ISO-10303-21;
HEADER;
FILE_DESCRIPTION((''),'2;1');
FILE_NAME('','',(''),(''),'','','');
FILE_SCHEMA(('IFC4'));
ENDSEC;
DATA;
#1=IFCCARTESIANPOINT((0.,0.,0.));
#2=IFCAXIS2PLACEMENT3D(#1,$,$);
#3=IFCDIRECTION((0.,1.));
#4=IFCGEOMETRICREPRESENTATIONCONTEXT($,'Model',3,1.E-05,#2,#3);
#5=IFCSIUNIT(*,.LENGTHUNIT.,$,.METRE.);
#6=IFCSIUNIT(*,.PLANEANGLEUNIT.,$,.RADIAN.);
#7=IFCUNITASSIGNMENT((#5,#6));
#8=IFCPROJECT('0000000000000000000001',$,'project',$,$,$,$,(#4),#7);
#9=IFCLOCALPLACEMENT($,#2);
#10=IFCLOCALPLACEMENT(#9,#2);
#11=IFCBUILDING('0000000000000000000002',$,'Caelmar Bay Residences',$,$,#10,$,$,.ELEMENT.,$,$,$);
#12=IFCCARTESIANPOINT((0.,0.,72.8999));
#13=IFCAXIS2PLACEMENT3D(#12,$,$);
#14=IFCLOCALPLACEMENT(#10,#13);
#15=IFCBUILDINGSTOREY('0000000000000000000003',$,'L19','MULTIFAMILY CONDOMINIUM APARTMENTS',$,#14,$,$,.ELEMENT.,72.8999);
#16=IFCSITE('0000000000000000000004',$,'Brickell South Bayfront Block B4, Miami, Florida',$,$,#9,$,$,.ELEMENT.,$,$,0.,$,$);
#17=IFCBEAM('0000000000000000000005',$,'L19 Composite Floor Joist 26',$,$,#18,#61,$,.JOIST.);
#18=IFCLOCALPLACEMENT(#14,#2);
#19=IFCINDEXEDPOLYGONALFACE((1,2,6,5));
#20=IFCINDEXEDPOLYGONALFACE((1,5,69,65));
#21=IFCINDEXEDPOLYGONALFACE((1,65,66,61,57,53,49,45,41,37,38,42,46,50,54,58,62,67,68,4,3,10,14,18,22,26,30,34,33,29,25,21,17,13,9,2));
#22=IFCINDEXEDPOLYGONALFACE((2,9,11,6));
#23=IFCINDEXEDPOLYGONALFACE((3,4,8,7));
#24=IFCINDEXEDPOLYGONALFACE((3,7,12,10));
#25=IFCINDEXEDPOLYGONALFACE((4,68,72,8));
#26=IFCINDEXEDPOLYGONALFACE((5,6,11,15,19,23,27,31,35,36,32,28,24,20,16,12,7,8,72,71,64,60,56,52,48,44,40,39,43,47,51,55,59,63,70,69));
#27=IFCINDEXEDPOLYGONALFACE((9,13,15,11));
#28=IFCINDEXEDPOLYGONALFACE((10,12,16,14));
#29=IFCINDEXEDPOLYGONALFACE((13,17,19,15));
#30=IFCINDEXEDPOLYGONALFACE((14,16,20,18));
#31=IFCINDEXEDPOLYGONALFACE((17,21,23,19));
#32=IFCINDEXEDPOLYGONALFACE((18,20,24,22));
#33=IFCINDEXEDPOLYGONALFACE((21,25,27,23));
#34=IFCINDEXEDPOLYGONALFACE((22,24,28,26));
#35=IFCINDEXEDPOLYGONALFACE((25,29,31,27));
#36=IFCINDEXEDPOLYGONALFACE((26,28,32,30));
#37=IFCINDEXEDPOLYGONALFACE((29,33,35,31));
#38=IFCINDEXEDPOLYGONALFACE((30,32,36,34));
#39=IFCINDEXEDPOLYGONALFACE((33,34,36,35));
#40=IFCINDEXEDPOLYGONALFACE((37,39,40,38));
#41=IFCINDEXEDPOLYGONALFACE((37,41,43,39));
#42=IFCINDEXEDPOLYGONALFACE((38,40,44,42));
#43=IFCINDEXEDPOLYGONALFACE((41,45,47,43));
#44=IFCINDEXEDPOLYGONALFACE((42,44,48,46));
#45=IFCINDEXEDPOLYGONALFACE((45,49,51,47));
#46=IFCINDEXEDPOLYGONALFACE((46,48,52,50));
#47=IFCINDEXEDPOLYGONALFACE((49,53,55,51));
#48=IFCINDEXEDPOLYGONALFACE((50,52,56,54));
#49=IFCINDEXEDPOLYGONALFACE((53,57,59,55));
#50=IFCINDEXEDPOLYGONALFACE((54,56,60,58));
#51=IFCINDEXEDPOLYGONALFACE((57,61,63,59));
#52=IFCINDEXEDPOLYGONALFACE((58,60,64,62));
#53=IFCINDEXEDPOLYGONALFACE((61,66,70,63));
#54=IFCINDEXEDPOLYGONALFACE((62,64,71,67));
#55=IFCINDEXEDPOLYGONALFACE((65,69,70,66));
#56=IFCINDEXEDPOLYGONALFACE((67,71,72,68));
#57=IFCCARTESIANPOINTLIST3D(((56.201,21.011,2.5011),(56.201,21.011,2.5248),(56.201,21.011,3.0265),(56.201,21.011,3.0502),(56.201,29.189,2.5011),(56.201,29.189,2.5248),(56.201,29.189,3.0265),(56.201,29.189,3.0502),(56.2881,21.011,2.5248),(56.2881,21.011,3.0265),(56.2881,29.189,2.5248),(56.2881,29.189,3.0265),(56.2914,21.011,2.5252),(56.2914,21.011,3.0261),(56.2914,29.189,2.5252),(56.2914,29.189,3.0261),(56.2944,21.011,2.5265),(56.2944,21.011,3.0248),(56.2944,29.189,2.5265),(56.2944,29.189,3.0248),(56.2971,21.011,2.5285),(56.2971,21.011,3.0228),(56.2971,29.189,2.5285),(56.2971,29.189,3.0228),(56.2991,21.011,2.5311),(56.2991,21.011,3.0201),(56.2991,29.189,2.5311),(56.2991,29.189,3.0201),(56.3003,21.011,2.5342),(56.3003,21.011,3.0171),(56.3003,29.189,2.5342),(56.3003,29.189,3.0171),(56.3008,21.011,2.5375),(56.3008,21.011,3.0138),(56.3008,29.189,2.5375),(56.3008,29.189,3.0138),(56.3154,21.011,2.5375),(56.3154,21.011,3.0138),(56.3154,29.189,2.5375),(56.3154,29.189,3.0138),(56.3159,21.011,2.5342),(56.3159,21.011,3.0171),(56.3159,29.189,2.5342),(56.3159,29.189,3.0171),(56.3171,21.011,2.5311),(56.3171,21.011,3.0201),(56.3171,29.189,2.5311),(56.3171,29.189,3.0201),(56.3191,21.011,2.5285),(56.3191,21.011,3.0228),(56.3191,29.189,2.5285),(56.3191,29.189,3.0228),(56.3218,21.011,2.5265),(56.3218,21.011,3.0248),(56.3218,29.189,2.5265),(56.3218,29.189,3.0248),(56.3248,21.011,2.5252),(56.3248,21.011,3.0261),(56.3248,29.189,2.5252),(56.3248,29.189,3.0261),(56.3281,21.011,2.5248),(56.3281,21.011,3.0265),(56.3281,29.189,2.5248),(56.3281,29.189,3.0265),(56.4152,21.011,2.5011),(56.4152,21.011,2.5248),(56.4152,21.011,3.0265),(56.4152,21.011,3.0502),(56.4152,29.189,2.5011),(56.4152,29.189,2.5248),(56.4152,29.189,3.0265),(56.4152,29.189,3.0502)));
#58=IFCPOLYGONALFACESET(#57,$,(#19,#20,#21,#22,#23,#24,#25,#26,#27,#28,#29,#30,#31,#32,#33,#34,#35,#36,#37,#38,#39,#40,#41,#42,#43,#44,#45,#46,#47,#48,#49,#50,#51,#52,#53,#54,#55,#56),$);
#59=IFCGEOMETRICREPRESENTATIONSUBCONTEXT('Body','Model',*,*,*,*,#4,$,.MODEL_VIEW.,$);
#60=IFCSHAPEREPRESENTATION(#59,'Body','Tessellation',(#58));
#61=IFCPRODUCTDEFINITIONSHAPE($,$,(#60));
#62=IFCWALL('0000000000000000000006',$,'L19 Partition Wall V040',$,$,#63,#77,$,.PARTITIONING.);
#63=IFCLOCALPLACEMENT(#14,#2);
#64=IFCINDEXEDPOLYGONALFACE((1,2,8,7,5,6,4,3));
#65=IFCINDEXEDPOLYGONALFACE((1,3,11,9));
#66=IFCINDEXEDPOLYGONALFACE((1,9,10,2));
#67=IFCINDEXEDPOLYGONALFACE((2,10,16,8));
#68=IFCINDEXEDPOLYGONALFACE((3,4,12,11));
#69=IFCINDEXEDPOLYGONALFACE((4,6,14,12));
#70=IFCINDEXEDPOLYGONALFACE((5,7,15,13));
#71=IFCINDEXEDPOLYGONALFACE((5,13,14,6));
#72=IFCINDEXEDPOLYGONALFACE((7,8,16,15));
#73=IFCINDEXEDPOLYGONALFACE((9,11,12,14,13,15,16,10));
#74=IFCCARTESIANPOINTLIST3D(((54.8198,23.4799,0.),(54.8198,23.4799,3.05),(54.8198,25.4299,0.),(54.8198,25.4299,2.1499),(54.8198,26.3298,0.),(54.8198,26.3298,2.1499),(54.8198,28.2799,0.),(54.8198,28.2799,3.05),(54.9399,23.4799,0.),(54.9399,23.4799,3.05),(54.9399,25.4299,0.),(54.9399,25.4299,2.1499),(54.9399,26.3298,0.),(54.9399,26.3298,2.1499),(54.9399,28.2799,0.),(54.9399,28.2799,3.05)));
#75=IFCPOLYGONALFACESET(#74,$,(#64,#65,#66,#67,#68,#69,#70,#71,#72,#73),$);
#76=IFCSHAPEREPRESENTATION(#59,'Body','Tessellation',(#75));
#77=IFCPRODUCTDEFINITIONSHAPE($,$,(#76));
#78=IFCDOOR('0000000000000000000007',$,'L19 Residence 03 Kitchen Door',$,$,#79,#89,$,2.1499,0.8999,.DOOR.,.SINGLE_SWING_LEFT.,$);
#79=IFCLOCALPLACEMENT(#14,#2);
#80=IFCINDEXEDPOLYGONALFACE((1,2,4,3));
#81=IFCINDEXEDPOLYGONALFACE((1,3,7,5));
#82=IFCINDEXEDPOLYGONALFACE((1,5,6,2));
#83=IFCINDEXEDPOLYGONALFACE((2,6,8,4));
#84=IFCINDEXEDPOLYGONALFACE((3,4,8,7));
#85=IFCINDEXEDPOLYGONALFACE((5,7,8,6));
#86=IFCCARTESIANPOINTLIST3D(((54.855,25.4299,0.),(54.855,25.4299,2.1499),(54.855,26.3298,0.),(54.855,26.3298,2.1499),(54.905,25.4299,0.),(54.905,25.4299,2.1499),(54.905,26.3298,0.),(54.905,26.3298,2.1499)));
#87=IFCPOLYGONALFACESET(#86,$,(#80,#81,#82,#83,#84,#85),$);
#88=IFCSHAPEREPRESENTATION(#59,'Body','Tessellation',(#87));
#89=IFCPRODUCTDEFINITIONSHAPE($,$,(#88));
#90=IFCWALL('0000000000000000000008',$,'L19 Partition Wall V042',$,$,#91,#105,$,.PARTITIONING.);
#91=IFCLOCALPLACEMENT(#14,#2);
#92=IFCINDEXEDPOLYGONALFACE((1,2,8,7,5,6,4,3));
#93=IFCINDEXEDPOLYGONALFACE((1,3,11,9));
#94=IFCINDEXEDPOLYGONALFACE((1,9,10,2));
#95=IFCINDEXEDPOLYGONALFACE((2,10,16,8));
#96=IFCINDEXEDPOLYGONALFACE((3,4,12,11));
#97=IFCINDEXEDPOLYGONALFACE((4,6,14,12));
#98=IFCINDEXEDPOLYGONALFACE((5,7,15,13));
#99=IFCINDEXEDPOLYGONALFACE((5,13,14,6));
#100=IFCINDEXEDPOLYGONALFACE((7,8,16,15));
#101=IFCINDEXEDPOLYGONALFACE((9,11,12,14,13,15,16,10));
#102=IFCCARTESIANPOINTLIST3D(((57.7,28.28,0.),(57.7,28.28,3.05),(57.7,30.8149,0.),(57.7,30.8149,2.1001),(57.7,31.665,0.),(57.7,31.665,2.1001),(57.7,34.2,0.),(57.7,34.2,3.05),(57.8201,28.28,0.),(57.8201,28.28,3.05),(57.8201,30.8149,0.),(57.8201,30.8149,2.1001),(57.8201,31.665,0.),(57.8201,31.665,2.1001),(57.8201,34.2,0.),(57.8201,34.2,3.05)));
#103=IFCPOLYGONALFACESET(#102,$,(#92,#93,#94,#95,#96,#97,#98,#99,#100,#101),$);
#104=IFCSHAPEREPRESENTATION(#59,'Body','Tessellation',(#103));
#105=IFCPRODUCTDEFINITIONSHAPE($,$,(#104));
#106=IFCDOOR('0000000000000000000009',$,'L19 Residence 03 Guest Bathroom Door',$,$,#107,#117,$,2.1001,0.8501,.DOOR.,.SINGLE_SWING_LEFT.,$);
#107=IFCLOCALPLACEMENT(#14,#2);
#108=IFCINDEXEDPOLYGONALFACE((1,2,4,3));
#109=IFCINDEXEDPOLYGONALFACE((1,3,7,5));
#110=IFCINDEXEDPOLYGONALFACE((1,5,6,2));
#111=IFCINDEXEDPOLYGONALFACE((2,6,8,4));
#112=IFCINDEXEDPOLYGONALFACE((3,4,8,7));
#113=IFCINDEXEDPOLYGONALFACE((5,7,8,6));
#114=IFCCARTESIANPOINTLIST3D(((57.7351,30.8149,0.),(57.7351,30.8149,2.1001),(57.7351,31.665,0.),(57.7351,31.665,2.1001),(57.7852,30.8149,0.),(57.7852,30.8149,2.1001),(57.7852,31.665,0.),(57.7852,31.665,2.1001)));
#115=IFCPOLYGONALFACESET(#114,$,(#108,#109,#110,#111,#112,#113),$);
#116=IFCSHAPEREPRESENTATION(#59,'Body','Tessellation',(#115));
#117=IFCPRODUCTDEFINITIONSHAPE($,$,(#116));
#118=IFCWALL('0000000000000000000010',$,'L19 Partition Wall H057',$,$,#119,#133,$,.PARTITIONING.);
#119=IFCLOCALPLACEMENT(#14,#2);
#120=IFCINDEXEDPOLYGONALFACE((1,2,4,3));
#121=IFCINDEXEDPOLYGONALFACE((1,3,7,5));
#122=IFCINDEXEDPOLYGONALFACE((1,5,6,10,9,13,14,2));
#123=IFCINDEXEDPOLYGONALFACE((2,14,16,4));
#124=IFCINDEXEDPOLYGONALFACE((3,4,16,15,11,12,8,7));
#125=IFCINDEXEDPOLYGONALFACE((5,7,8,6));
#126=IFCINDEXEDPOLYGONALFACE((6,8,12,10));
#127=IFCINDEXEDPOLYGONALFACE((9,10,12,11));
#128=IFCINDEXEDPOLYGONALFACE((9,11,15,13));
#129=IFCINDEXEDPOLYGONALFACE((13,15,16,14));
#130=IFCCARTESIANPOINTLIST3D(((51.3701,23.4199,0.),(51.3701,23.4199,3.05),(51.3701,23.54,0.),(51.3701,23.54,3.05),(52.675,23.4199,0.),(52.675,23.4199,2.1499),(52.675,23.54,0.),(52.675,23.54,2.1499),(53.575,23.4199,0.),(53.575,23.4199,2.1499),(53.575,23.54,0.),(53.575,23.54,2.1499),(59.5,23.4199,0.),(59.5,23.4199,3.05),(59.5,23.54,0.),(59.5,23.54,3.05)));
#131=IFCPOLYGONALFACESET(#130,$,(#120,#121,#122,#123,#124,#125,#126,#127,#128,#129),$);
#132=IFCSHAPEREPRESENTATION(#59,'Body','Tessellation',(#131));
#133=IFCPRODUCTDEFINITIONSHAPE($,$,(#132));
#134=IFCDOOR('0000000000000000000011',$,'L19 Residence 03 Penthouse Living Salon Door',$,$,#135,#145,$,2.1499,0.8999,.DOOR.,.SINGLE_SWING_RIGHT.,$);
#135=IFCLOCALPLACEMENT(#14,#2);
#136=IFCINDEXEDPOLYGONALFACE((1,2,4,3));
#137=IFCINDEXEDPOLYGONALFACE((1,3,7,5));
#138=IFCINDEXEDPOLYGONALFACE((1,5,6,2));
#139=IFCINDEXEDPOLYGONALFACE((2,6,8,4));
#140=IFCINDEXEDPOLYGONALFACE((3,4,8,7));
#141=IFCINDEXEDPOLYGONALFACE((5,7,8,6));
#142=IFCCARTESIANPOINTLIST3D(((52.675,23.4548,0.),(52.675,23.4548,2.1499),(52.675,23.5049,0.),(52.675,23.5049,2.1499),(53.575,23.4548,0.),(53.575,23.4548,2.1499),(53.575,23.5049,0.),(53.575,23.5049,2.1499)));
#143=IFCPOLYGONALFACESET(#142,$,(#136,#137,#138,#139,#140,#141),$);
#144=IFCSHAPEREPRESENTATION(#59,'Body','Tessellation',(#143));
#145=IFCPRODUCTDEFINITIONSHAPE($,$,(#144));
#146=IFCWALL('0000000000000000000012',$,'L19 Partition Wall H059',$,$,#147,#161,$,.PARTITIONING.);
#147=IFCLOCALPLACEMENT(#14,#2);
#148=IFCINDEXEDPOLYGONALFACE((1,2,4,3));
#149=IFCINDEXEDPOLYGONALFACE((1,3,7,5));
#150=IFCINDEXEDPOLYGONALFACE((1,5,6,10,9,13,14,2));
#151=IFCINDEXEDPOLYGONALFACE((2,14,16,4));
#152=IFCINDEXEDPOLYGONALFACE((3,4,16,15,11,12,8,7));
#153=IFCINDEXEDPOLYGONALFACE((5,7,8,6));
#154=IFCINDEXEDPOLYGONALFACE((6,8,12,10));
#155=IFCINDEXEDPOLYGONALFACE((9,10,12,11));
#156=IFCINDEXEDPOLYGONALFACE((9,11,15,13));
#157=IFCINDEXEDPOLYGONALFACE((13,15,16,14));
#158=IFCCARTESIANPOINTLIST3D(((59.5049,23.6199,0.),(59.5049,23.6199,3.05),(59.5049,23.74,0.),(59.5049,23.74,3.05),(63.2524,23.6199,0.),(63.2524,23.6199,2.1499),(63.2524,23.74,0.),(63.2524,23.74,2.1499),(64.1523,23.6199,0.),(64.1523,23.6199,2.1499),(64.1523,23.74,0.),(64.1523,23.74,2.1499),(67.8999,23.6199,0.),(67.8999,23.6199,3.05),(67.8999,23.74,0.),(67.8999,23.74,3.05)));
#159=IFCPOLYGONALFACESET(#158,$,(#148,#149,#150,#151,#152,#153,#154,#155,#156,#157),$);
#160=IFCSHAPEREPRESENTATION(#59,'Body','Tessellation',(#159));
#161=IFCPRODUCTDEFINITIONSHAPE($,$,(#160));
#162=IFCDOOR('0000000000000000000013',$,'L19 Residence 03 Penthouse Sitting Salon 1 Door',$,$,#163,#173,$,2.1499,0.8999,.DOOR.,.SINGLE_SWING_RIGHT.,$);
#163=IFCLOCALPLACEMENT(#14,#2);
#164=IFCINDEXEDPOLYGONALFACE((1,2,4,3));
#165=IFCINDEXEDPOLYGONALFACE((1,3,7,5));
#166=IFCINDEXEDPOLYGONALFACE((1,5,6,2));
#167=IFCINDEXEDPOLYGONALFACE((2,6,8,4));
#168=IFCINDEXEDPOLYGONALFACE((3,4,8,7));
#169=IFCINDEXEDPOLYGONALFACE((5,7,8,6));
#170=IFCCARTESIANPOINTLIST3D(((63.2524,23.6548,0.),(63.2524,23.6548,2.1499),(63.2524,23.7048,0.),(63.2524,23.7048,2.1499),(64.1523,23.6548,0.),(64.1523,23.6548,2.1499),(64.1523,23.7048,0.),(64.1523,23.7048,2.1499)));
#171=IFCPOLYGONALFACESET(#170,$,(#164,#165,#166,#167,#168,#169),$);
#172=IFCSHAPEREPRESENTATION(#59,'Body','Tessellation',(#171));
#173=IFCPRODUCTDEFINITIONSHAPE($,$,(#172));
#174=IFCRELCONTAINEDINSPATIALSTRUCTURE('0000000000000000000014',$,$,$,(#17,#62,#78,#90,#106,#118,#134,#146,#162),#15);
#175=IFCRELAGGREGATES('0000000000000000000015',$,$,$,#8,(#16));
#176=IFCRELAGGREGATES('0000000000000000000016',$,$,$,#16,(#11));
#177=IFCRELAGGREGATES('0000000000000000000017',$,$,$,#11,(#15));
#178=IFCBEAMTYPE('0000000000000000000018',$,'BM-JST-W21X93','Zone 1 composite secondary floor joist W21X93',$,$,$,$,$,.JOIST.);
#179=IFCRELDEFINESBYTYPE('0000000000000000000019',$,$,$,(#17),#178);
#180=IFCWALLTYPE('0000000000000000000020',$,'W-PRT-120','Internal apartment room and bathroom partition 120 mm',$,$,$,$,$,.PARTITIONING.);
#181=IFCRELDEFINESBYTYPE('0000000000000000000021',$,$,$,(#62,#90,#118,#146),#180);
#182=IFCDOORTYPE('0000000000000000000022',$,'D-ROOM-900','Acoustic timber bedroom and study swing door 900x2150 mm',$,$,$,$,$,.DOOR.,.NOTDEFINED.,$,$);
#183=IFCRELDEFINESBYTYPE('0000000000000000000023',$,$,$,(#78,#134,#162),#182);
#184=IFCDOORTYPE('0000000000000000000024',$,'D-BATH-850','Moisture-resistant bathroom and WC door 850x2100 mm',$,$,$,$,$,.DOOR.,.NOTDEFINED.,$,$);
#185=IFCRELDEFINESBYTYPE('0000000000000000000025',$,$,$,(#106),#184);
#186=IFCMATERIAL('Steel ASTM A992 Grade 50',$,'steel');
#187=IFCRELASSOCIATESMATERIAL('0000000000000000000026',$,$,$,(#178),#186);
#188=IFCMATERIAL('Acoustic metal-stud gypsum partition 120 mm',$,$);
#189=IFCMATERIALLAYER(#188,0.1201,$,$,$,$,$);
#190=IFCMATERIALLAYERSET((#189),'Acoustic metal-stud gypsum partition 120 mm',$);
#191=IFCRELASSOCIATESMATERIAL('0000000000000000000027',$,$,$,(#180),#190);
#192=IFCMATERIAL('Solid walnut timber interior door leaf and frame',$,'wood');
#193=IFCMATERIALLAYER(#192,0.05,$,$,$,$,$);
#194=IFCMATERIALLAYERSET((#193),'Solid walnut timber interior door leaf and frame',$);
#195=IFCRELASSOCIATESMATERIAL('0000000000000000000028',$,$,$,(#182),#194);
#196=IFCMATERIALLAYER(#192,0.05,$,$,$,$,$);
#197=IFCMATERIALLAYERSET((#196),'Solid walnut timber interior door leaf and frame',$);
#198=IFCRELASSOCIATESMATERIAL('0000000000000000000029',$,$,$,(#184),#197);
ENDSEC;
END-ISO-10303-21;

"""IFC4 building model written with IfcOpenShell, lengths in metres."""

from ifc_helpers import new_model, si_unit, direction, frame, frame_2d, origin, origin_2d, place, context, subcontext, project, spatial, rectangle, i_section, extrude, material, layer, layer_set, material_profile, profile_set, type_object, element, fill, save


model = new_model("IFC4")

# Units and contexts
model_context = context("Model", 3, precision=1e-05, world=origin(), true_north=direction((0.0, 1.0)))
body_context = subcontext(model_context, "Body", "Model", "MODEL_VIEW")
ifc_project = project(units=[si_unit("LENGTHUNIT", "METRE"), si_unit("PLANEANGLEUNIT", "RADIAN")], contexts=[model_context])

# Site, building, storey
site_placement = place(None, origin())
site = spatial("IfcSite", under=ifc_project, at=site_placement, Name="Brickell South Bayfront Block B4, Miami, Florida", CompositionType="ELEMENT", RefElevation=0.0)
building_placement = place(site_placement, origin())
building = spatial("IfcBuilding", under=site, at=building_placement, Name="Caelmar Bay Residences", CompositionType="ELEMENT")
storey_placement = place(building_placement, frame((0.0, 0.0, 72.8999)))
storey = spatial("IfcBuildingStorey", under=building, at=storey_placement, Name="L19", Description="MULTIFAMILY CONDOMINIUM APARTMENTS", CompositionType="ELEMENT", Elevation=72.8999)

# Beam
ifc_material_1 = material(Name="Steel ASTM A992 Grade 50", Category="steel")
ifc_material_profile_1 = material_profile(ifc_material_1, i_section(OverallWidth=0.2141, OverallDepth=0.5491, WebThickness=0.0146, FlangeThickness=0.0237, FilletRadius=0.0127, at=origin_2d()), Name="W21X93")
ifc_profile_set_1 = profile_set([ifc_material_profile_1], Name="Steel ASTM A992 Grade 50")
beam_type_1 = type_object("IfcBeamType", Name="BM-JST-W21X93", Description="Zone 1 composite secondary floor joist W21X93", PredefinedType="JOIST", material=ifc_profile_set_1)
beam_1_placement = place(storey_placement, frame((56.3081, 21.011, 2.7756), z_axis=(0.0, 1.0, 0.0), x_axis=(-1.0, 0.0, 0.0)))
element("IfcBeam", 1, at=beam_1_placement, inside=storey, type_object=beam_type_1, Name="L19 Composite Floor Joist 26", PredefinedType="JOIST", context=body_context, shape_type="SweptSolid", body=[
    extrude(i_section(OverallWidth=0.2141, OverallDepth=0.5491, WebThickness=0.0146, FlangeThickness=0.0237, FilletRadius=0.0127, at=origin_2d()), origin(), (0.0, 0.0, 1.0), 8.178),
])

# Walls, openings, doors
ifc_material_2 = material(Name="Acoustic metal-stud gypsum partition 120 mm")
ifc_layer_1 = layer(ifc_material_2, 0.1201)
ifc_layer_set_1 = layer_set([ifc_layer_1], Name="Acoustic metal-stud gypsum partition 120 mm")
wall_type_1 = type_object("IfcWallType", Name="W-PRT-120", Description="Internal apartment room and bathroom partition 120 mm", PredefinedType="PARTITIONING", material=ifc_layer_set_1)
wall_1_placement = place(storey_placement, frame((54.8799, 23.48, 0.0), z_axis=(0.0, 0.0, 1.0), x_axis=(0.0, 1.0, 0.0)))
wall_1 = element("IfcWall", 2, at=wall_1_placement, inside=storey, type_object=wall_type_1, Name="L19 Partition Wall V040", PredefinedType="PARTITIONING", context=body_context, shape_type="SweptSolid", body=[
    extrude(rectangle(XDim=4.8, YDim=0.1201, at=frame_2d((2.3999, 0.0))), origin(), (0.0, 0.0, 1.0), 3.05),
])
opening_1_placement = place(wall_1_placement, frame((1.95, 0.0, 0.0)))
opening_1 = element("IfcOpeningElement", 3, at=opening_1_placement, cuts=wall_1, PredefinedType="OPENING", context=body_context, shape_type="SweptSolid", body=[
    extrude(rectangle(XDim=0.8999, YDim=2.1499, at=frame_2d((0.45, 1.075))), frame((0.0, 0.0701, 0.0), z_axis=(0.0, -1.0, 0.0), x_axis=(1.0, 0.0, 0.0)), (0.0, 0.0, 1.0), 0.1401),
])
ifc_material_3 = material(Name="Solid walnut timber interior door leaf and frame", Category="wood")
ifc_layer_2 = layer(ifc_material_3, 0.05)
ifc_layer_set_2 = layer_set([ifc_layer_2], Name="Solid walnut timber interior door leaf and frame")
door_type_1 = type_object("IfcDoorType", Name="D-ROOM-900", Description="Acoustic timber bedroom and study swing door 900x2150 mm", OperationType="NOTDEFINED", PredefinedType="DOOR", material=ifc_layer_set_2)
door_1_placement = place(opening_1_placement, origin())
door_1 = element("IfcDoor", 4, at=door_1_placement, inside=storey, type_object=door_type_1, Name="L19 Residence 03 Kitchen Door", OperationType="SINGLE_SWING_LEFT", OverallHeight=2.1499, OverallWidth=0.8999, PredefinedType="DOOR", context=body_context, shape_type="SweptSolid", body=[
    extrude(rectangle(XDim=0.8999, YDim=2.1499, at=frame_2d((0.45, 1.075))), frame((0.0, 0.0249, 0.0), z_axis=(0.0, -1.0, 0.0), x_axis=(1.0, 0.0, 0.0)), (0.0, 0.0, 1.0), 0.05),
])
fill(opening_1, door_1)
wall_2_placement = place(storey_placement, frame((57.76, 28.28, 0.0), z_axis=(0.0, 0.0, 1.0), x_axis=(0.0, 1.0, 0.0)))
wall_2 = element("IfcWall", 5, at=wall_2_placement, inside=storey, type_object=wall_type_1, Name="L19 Partition Wall V042", PredefinedType="PARTITIONING", context=body_context, shape_type="SweptSolid", body=[
    extrude(rectangle(XDim=5.9199, YDim=0.1201, at=frame_2d((2.96, 0.0))), origin(), (0.0, 0.0, 1.0), 3.05),
])
opening_2_placement = place(wall_2_placement, frame((2.5349, 0.0, 0.0)))
opening_2 = element("IfcOpeningElement", 6, at=opening_2_placement, cuts=wall_2, PredefinedType="OPENING", context=body_context, shape_type="SweptSolid", body=[
    extrude(rectangle(XDim=0.8501, YDim=2.1001, at=frame_2d((0.425, 1.05))), frame((0.0, 0.0701, 0.0), z_axis=(0.0, -1.0, 0.0), x_axis=(1.0, 0.0, 0.0)), (0.0, 0.0, 1.0), 0.1401),
])
ifc_layer_3 = layer(ifc_material_3, 0.05)
ifc_layer_set_3 = layer_set([ifc_layer_3], Name="Solid walnut timber interior door leaf and frame")
door_type_2 = type_object("IfcDoorType", Name="D-BATH-850", Description="Moisture-resistant bathroom and WC door 850x2100 mm", OperationType="NOTDEFINED", PredefinedType="DOOR", material=ifc_layer_set_3)
door_2_placement = place(opening_2_placement, origin())
door_2 = element("IfcDoor", 7, at=door_2_placement, inside=storey, type_object=door_type_2, Name="L19 Residence 03 Guest Bathroom Door", OperationType="SINGLE_SWING_LEFT", OverallHeight=2.1001, OverallWidth=0.8501, PredefinedType="DOOR", context=body_context, shape_type="SweptSolid", body=[
    extrude(rectangle(XDim=0.8501, YDim=2.1001, at=frame_2d((0.425, 1.05))), frame((0.0, 0.0249, 0.0), z_axis=(0.0, -1.0, 0.0), x_axis=(1.0, 0.0, 0.0)), (0.0, 0.0, 1.0), 0.05),
])
fill(opening_2, door_2)
wall_3_placement = place(storey_placement, frame((51.3701, 23.48, 0.0), z_axis=(0.0, 0.0, 1.0), x_axis=(1.0, 0.0, 0.0)))
wall_3 = element("IfcWall", 8, at=wall_3_placement, inside=storey, type_object=wall_type_1, Name="L19 Partition Wall H057", PredefinedType="PARTITIONING", context=body_context, shape_type="SweptSolid", body=[
    extrude(rectangle(XDim=8.1299, YDim=0.1201, at=frame_2d((4.0649, 0.0))), origin(), (0.0, 0.0, 1.0), 3.05),
])
opening_3_placement = place(wall_3_placement, frame((1.3049, 0.0, 0.0)))
opening_3 = element("IfcOpeningElement", 9, at=opening_3_placement, cuts=wall_3, PredefinedType="OPENING", context=body_context, shape_type="SweptSolid", body=[
    extrude(rectangle(XDim=0.8999, YDim=2.1499, at=frame_2d((0.45, 1.075))), frame((0.0, 0.0701, 0.0), z_axis=(0.0, -1.0, 0.0), x_axis=(1.0, 0.0, 0.0)), (0.0, 0.0, 1.0), 0.1401),
])
door_3_placement = place(opening_3_placement, origin())
door_3 = element("IfcDoor", 10, at=door_3_placement, inside=storey, type_object=door_type_1, Name="L19 Residence 03 Penthouse Living Salon Door", OperationType="SINGLE_SWING_RIGHT", OverallHeight=2.1499, OverallWidth=0.8999, PredefinedType="DOOR", context=body_context, shape_type="SweptSolid", body=[
    extrude(rectangle(XDim=0.8999, YDim=2.1499, at=frame_2d((0.45, 1.075))), frame((0.0, 0.0249, 0.0), z_axis=(0.0, -1.0, 0.0), x_axis=(1.0, 0.0, 0.0)), (0.0, 0.0, 1.0), 0.05),
])
fill(opening_3, door_3)
wall_4_placement = place(storey_placement, frame((59.5049, 23.6799, 0.0), z_axis=(0.0, 0.0, 1.0), x_axis=(1.0, 0.0, 0.0)))
wall_4 = element("IfcWall", 11, at=wall_4_placement, inside=storey, type_object=wall_type_1, Name="L19 Partition Wall H059", PredefinedType="PARTITIONING", context=body_context, shape_type="SweptSolid", body=[
    extrude(rectangle(XDim=8.395, YDim=0.1201, at=frame_2d((4.1975, 0.0))), origin(), (0.0, 0.0, 1.0), 3.05),
])
opening_4_placement = place(wall_4_placement, frame((3.7476, 0.0, 0.0)))
opening_4 = element("IfcOpeningElement", 12, at=opening_4_placement, cuts=wall_4, PredefinedType="OPENING", context=body_context, shape_type="SweptSolid", body=[
    extrude(rectangle(XDim=0.8999, YDim=2.1499, at=frame_2d((0.45, 1.075))), frame((0.0, 0.0701, 0.0), z_axis=(0.0, -1.0, 0.0), x_axis=(1.0, 0.0, 0.0)), (0.0, 0.0, 1.0), 0.1401),
])
door_4_placement = place(opening_4_placement, origin())
door_4 = element("IfcDoor", 13, at=door_4_placement, inside=storey, type_object=door_type_1, Name="L19 Residence 03 Penthouse Sitting Salon 1 Door", OperationType="SINGLE_SWING_RIGHT", OverallHeight=2.1499, OverallWidth=0.8999, PredefinedType="DOOR", context=body_context, shape_type="SweptSolid", body=[
    extrude(rectangle(XDim=0.8999, YDim=2.1499, at=frame_2d((0.45, 1.075))), frame((0.0, 0.0249, 0.0), z_axis=(0.0, -1.0, 0.0), x_axis=(1.0, 0.0, 0.0)), (0.0, 0.0, 1.0), 0.05),
])
fill(opening_4, door_4)

save(model, "model.ifc")
